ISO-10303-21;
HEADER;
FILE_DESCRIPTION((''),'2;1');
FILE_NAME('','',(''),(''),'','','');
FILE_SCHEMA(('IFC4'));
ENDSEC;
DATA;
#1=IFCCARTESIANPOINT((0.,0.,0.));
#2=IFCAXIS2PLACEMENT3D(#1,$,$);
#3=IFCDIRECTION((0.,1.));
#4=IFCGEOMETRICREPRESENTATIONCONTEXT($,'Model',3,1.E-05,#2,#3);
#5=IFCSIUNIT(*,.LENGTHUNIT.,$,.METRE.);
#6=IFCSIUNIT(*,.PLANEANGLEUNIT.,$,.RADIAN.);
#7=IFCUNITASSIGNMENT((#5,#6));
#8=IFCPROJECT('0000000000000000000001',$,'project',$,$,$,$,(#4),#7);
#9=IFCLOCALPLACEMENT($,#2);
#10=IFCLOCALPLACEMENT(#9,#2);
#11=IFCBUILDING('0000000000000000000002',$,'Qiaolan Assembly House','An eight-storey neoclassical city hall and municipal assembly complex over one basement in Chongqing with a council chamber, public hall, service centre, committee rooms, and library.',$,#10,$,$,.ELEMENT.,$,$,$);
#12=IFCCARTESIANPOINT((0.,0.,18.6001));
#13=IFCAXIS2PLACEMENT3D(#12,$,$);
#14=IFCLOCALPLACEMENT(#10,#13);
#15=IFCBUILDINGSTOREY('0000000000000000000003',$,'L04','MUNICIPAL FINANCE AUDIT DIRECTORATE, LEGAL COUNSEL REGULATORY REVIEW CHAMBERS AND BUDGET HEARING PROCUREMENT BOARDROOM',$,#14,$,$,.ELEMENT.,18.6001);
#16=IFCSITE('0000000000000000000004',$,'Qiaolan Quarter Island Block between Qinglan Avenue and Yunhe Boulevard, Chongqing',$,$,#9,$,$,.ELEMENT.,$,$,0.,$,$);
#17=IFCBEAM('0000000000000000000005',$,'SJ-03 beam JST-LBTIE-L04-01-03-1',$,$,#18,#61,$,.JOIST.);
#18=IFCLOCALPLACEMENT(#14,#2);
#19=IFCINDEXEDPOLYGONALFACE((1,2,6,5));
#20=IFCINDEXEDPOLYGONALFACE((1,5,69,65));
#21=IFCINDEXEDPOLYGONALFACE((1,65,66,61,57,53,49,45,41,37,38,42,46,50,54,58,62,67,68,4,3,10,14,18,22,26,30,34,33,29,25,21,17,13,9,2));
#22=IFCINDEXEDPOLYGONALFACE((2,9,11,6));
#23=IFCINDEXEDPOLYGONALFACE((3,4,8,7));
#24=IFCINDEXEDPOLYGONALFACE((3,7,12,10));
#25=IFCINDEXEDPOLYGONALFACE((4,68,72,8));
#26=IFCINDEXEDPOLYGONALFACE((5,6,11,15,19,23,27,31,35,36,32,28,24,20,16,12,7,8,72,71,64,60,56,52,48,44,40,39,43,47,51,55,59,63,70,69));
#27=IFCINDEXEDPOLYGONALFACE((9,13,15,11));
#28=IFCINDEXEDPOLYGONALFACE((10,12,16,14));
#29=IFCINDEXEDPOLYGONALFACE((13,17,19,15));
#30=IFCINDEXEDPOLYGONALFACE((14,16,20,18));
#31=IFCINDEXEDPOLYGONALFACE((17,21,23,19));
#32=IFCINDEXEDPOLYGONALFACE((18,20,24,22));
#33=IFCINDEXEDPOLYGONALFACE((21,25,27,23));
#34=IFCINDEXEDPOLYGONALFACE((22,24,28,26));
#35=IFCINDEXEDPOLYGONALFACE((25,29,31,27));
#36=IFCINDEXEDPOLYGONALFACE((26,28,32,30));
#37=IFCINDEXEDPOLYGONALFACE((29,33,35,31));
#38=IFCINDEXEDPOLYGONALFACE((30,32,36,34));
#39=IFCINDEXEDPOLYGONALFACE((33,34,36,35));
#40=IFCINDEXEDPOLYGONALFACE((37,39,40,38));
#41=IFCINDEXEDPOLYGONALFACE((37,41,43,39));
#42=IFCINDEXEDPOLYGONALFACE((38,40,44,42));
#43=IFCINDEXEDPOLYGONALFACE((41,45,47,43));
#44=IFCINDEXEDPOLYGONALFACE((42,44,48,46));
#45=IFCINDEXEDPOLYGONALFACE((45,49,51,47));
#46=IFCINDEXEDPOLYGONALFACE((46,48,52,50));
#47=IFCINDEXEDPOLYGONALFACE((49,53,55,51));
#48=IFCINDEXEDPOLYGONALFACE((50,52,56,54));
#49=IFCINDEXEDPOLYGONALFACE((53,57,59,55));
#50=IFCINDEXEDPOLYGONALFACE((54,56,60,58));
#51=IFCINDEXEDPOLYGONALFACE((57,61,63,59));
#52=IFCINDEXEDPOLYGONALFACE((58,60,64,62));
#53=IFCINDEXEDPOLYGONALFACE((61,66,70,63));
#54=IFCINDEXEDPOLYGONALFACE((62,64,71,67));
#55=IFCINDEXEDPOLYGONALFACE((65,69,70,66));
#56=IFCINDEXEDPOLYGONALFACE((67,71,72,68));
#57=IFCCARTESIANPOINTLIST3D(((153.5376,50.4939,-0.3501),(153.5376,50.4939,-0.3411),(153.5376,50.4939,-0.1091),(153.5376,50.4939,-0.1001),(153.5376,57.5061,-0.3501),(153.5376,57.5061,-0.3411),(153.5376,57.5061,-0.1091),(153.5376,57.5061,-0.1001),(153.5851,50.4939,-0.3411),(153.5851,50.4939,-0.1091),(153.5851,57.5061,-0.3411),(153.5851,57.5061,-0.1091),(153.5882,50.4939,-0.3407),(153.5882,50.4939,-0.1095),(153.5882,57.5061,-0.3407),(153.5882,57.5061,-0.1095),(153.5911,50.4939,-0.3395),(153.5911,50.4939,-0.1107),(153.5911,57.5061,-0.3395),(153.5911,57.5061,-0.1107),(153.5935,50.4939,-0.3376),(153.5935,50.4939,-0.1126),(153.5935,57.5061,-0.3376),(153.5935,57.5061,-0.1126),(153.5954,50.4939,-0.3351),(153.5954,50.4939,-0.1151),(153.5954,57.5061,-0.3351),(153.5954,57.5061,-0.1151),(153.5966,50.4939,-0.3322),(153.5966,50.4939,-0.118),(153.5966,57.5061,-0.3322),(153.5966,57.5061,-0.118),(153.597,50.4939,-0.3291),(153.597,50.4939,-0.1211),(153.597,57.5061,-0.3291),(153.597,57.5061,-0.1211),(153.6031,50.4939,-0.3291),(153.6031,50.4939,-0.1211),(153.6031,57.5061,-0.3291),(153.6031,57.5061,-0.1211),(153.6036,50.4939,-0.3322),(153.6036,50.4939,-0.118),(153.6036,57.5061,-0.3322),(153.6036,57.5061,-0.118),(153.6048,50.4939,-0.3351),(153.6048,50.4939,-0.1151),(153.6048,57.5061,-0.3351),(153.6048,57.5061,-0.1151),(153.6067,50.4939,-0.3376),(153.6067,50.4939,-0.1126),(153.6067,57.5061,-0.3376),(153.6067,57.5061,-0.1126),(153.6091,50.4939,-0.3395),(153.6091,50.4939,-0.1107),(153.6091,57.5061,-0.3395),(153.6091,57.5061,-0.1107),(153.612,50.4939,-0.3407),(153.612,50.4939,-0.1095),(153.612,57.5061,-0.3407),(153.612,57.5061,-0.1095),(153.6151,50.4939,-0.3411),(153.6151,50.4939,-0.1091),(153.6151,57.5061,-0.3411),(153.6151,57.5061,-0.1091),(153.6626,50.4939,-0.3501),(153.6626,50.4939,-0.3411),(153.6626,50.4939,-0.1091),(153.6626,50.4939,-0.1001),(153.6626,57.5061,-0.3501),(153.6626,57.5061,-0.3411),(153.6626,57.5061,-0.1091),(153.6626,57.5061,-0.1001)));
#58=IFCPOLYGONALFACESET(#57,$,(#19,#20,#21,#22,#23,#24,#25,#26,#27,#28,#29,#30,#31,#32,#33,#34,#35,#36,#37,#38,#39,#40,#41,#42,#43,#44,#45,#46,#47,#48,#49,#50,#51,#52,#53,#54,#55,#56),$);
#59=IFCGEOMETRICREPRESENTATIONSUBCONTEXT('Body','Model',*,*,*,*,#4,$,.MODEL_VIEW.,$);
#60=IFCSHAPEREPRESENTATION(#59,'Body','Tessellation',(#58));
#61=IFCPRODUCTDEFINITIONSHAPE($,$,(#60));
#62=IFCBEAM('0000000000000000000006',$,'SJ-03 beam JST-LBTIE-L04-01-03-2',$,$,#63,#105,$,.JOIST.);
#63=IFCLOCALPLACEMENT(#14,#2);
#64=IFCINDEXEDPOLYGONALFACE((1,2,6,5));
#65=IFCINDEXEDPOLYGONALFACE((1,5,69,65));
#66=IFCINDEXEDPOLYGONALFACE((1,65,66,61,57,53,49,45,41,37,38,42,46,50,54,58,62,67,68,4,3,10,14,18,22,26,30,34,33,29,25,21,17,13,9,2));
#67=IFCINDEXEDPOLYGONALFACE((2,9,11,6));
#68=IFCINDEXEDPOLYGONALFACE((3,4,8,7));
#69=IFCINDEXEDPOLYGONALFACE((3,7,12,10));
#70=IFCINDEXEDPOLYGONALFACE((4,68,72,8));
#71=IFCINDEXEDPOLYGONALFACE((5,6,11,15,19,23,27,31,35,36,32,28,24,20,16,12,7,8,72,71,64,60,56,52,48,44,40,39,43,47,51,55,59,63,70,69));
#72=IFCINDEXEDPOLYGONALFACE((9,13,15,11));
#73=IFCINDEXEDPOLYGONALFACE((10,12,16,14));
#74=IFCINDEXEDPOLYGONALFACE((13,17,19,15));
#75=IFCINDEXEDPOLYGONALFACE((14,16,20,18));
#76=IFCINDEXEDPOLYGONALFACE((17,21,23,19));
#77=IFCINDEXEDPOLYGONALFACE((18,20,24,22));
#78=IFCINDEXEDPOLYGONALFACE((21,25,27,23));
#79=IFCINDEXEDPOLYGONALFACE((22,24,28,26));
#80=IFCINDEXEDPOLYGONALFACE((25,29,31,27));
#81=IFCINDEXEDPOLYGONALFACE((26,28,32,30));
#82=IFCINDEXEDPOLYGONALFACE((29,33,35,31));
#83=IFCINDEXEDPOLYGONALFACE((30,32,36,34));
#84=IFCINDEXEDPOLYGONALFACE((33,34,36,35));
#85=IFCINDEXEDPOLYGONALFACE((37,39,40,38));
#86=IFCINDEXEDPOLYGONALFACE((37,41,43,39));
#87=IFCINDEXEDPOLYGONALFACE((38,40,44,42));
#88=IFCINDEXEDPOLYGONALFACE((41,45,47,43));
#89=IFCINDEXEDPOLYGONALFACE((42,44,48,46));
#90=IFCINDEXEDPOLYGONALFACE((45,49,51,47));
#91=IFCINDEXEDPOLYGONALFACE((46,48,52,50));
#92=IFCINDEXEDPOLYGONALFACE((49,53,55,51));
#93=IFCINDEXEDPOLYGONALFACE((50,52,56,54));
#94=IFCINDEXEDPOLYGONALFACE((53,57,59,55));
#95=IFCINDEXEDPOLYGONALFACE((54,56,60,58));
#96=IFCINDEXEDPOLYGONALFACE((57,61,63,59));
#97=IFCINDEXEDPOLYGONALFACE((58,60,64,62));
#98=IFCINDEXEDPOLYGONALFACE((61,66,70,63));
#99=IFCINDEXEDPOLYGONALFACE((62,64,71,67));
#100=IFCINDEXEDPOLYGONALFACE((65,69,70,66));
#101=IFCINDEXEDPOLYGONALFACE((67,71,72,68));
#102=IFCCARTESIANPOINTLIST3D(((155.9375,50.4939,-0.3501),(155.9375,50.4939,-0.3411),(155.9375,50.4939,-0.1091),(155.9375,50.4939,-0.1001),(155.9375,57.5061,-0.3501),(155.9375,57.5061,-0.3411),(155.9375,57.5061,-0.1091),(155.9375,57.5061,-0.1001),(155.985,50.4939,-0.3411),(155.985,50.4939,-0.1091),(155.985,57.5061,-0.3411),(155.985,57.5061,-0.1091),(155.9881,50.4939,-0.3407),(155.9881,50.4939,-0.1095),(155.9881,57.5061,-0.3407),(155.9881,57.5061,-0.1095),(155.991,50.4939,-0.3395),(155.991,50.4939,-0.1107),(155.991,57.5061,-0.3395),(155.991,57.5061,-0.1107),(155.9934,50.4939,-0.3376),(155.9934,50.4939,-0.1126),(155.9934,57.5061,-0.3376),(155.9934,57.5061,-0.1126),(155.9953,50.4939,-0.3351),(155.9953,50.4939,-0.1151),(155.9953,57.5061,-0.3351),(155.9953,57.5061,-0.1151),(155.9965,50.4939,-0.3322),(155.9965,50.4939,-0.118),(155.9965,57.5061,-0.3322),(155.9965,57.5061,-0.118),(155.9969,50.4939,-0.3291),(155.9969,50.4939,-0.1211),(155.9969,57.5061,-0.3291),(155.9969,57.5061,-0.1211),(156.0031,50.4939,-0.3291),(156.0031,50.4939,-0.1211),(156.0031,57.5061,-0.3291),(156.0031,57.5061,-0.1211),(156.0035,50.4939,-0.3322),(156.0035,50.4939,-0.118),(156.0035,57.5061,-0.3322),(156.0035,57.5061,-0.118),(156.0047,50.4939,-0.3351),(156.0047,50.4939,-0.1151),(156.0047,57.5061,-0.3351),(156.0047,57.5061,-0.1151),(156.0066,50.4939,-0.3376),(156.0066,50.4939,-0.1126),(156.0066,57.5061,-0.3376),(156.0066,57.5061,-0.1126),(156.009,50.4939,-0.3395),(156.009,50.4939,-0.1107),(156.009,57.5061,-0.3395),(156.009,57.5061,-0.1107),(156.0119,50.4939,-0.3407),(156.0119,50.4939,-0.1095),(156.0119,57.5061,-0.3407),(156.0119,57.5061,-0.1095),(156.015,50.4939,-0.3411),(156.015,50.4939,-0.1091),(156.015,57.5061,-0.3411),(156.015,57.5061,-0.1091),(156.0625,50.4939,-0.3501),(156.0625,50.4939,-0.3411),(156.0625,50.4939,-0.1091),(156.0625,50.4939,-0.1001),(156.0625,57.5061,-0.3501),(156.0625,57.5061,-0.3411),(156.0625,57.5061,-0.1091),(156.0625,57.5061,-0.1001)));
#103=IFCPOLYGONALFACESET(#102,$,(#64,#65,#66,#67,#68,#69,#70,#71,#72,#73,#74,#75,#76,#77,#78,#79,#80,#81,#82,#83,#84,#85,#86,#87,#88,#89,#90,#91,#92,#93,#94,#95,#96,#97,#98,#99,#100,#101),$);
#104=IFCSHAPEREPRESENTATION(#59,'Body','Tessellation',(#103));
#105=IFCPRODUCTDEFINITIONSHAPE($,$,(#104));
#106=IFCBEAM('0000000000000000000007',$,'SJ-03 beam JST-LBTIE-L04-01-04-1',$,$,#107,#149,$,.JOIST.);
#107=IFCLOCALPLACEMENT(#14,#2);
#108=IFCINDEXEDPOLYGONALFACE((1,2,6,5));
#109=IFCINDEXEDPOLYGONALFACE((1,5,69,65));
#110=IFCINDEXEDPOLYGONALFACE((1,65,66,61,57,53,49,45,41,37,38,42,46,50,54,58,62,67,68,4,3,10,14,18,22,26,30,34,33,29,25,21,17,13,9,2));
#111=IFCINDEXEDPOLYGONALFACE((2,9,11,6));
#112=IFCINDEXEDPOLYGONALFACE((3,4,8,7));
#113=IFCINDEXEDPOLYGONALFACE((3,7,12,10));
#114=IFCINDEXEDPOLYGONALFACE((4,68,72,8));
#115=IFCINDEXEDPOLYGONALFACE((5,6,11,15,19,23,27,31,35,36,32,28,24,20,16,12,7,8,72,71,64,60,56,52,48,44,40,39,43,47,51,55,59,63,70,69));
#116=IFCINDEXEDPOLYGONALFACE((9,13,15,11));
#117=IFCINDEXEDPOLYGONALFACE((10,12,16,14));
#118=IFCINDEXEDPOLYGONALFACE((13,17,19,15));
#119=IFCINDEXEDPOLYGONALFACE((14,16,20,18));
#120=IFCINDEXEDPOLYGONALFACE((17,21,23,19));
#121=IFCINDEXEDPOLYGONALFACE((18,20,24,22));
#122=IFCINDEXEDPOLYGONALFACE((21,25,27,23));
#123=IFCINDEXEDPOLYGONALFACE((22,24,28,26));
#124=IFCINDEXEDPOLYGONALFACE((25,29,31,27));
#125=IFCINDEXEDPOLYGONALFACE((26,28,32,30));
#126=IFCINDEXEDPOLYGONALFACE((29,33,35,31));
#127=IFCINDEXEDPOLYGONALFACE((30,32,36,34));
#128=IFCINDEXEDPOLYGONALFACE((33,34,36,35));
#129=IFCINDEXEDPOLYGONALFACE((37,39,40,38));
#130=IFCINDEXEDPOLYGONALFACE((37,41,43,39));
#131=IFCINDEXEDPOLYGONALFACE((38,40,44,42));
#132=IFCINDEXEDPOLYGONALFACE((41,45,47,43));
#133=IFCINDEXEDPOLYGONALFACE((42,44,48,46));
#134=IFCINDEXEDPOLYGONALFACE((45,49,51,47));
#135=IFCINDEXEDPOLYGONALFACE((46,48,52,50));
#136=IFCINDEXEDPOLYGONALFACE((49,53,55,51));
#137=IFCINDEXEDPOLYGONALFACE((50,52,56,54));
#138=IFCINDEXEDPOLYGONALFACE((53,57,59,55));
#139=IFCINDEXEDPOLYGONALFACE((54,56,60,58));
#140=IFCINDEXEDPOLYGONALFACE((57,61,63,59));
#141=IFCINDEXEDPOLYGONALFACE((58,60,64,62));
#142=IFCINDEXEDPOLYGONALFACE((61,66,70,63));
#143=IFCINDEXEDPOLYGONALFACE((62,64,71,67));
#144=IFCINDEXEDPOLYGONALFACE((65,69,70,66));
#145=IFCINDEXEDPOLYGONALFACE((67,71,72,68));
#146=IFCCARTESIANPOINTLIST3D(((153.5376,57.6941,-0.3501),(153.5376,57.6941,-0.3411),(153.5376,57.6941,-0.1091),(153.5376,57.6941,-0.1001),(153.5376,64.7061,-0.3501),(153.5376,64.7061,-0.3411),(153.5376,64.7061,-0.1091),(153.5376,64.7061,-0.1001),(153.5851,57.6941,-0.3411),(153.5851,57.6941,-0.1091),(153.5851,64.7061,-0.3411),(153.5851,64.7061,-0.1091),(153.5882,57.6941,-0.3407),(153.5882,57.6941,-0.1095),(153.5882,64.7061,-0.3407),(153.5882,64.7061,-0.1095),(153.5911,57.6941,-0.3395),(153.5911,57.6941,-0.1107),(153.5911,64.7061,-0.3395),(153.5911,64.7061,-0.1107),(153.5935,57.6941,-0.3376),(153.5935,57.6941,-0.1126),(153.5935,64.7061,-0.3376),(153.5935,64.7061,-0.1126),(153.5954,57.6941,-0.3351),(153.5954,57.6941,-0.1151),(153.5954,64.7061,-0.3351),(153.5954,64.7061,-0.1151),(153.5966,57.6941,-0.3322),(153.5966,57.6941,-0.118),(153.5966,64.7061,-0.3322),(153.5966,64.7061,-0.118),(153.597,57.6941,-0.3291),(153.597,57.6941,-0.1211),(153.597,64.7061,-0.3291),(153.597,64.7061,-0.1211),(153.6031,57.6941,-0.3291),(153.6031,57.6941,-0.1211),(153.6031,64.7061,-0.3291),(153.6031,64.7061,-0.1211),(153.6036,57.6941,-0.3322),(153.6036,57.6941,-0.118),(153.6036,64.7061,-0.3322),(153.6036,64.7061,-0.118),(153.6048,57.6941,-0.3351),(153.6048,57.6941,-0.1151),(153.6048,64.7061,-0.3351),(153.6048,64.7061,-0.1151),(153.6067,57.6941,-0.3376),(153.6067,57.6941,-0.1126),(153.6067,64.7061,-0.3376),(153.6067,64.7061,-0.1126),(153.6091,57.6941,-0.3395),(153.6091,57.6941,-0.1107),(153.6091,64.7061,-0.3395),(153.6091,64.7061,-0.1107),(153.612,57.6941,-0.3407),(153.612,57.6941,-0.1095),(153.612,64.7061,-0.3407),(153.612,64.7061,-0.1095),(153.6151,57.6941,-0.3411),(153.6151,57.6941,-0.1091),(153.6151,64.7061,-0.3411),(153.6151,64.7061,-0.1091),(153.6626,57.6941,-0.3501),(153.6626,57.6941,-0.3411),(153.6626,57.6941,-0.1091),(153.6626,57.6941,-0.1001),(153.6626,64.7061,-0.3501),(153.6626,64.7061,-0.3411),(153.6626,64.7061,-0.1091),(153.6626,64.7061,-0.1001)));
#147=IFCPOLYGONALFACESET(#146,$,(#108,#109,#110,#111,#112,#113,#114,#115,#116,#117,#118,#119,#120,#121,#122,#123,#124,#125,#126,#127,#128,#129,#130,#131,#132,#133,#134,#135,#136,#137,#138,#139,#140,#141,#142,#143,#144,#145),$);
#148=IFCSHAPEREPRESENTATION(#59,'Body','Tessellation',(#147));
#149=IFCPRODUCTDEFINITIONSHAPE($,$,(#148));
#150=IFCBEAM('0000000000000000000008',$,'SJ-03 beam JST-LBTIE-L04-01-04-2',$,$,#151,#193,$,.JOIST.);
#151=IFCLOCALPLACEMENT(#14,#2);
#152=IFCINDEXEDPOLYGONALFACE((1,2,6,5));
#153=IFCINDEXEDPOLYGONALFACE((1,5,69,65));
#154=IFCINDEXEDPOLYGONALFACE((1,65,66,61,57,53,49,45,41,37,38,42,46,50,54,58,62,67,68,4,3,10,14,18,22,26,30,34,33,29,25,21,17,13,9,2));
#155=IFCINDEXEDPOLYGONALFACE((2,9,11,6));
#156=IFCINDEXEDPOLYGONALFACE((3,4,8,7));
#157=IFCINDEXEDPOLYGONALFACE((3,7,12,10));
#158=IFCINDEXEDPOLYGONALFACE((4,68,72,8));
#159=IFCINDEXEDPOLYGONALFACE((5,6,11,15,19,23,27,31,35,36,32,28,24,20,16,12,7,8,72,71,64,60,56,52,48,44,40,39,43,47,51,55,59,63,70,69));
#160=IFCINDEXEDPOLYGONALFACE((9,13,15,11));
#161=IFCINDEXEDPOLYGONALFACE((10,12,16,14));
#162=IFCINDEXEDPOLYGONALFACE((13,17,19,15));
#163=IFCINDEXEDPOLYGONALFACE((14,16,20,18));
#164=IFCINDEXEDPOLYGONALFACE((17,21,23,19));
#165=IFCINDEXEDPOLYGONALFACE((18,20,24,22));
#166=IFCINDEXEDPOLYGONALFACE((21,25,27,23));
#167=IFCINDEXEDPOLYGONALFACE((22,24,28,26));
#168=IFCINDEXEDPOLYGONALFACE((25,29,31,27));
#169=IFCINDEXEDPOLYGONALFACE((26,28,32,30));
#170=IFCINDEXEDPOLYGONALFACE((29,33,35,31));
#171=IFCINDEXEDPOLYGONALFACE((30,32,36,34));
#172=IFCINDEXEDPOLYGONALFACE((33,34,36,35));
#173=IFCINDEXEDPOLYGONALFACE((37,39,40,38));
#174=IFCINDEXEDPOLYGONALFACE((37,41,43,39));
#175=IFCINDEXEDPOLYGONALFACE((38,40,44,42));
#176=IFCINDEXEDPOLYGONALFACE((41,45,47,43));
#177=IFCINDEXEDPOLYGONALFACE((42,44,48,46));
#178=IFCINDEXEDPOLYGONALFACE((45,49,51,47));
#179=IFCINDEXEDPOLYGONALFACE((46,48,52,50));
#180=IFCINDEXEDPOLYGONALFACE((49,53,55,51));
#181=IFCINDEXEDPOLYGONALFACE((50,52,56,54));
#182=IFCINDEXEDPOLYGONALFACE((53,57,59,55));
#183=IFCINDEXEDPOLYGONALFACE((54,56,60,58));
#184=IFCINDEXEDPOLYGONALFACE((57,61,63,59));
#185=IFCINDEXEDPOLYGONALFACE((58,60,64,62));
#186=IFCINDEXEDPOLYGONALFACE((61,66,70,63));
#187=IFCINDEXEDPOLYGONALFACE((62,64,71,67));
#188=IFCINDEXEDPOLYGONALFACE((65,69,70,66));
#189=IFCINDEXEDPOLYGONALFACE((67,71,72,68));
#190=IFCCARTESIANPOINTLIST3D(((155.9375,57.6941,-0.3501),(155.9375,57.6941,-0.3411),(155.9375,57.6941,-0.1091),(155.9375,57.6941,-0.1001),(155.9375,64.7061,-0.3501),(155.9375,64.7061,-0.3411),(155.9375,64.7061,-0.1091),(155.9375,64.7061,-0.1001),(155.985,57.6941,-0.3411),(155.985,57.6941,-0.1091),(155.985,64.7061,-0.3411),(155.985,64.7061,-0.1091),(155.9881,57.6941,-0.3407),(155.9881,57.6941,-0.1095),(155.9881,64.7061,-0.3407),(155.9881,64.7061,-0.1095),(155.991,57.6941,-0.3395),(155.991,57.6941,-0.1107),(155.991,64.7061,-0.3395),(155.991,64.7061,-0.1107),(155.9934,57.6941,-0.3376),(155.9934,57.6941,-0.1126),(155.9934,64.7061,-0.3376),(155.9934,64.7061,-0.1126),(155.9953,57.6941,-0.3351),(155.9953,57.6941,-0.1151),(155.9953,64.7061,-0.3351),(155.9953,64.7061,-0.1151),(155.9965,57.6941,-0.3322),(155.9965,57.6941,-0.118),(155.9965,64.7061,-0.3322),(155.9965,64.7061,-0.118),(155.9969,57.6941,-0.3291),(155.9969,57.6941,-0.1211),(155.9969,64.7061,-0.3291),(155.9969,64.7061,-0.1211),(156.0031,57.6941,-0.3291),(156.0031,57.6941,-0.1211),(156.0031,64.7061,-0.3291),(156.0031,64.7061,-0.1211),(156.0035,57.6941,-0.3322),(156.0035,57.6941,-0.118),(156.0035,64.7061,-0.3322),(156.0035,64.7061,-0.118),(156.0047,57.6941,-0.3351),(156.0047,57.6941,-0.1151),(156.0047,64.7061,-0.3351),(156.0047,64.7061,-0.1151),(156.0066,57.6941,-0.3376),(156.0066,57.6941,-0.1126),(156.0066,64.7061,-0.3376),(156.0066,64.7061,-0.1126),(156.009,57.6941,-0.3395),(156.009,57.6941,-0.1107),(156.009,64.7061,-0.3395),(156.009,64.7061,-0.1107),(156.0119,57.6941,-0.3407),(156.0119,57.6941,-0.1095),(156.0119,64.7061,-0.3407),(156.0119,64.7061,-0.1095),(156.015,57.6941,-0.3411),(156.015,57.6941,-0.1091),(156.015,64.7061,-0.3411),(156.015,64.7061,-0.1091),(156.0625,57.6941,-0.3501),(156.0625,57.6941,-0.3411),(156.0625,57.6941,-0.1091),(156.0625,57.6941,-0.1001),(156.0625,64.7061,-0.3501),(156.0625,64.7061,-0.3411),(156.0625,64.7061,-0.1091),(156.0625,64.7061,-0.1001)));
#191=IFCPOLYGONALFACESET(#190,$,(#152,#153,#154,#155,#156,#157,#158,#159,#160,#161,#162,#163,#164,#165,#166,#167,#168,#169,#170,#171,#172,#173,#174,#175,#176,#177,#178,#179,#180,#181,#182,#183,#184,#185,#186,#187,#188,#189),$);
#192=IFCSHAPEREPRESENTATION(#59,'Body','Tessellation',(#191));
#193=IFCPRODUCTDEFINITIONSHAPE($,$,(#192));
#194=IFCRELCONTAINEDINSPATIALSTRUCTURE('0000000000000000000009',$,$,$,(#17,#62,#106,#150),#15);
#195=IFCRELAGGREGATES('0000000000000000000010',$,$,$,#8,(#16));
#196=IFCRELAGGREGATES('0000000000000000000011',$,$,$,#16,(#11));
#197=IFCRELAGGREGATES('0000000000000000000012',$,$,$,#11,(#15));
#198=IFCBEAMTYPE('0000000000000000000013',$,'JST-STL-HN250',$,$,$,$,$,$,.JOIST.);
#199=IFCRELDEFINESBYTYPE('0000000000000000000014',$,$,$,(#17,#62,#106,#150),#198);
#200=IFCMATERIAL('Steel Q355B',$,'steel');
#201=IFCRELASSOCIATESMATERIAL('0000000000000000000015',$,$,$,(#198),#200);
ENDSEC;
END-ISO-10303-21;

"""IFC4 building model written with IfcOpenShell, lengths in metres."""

from ifc_helpers import new_model, si_unit, direction, frame, origin, origin_2d, place, context, subcontext, project, spatial, i_section, extrude, material, material_profile, profile_set, type_object, element, save


model = new_model("IFC4")

# Units and contexts
model_context = context("Model", 3, precision=1e-05, world=origin(), true_north=direction((0.0, 1.0)))
body_context = subcontext(model_context, "Body", "Model", "MODEL_VIEW")
ifc_project = project(units=[si_unit("LENGTHUNIT", "METRE"), si_unit("PLANEANGLEUNIT", "RADIAN")], contexts=[model_context])

# Site, building, storey
site_placement = place(None, origin())
site = spatial("IfcSite", under=ifc_project, at=site_placement, Name="Qiaolan Quarter Island Block between Qinglan Avenue and Yunhe Boulevard, Chongqing", CompositionType="ELEMENT", RefElevation=0.0)
building_placement = place(site_placement, origin())
building = spatial("IfcBuilding", under=site, at=building_placement, Name="Qiaolan Assembly House", Description="An eight-storey neoclassical city hall and municipal assembly complex over one basement in Chongqing with a council chamber, public hall, service centre, committee rooms, and library.", CompositionType="ELEMENT")
storey_placement = place(building_placement, frame((0.0, 0.0, 18.6001)))
storey = spatial("IfcBuildingStorey", under=building, at=storey_placement, Name="L04", Description="MUNICIPAL FINANCE AUDIT DIRECTORATE, LEGAL COUNSEL REGULATORY REVIEW CHAMBERS AND BUDGET HEARING PROCUREMENT BOARDROOM", CompositionType="ELEMENT", Elevation=18.6001)

# Beams
ifc_material = material(Name="Steel Q355B", Category="steel")
ifc_material_profile_1 = material_profile(ifc_material, i_section(OverallWidth=0.125, OverallDepth=0.25, WebThickness=0.0061, FlangeThickness=0.009, FilletRadius=0.012, at=origin_2d()), Name="HN 250x125x6x9")
ifc_profile_set_1 = profile_set([ifc_material_profile_1], Name="Steel Q355B")
beam_type_1 = type_object("IfcBeamType", Name="JST-STL-HN250", PredefinedType="JOIST", material=ifc_profile_set_1)
for number, where, z_axis, x_axis, name in (
    (1, (153.6001, 50.4939, -0.2251), (0.0, 1.0, 0.0), (-1.0, 0.0, 0.0), "SJ-03 beam JST-LBTIE-L04-01-03-1"),
    (2, (156.0, 50.4939, -0.2251), (0.0, 1.0, 0.0), (-1.0, 0.0, 0.0), "SJ-03 beam JST-LBTIE-L04-01-03-2"),
):
    element("IfcBeam", number, at=place(storey_placement, frame(where, z_axis=z_axis, x_axis=x_axis)), inside=storey, type_object=beam_type_1, Name=name, PredefinedType="JOIST", context=body_context, shape_type="SweptSolid", body=[
        extrude(i_section(OverallWidth=0.125, OverallDepth=0.25, WebThickness=0.0061, FlangeThickness=0.009, FilletRadius=0.012, at=origin_2d()), origin(), (0.0, 0.0, 1.0), 7.0122),
    ])
for number, where, z_axis, x_axis, name in (
    (3, (153.6001, 57.6941, -0.2251), (0.0, 1.0, 0.0), (-1.0, 0.0, 0.0), "SJ-03 beam JST-LBTIE-L04-01-04-1"),
    (4, (156.0, 57.6941, -0.2251), (0.0, 1.0, 0.0), (-1.0, 0.0, 0.0), "SJ-03 beam JST-LBTIE-L04-01-04-2"),
):
    element("IfcBeam", number, at=place(storey_placement, frame(where, z_axis=z_axis, x_axis=x_axis)), inside=storey, type_object=beam_type_1, Name=name, PredefinedType="JOIST", context=body_context, shape_type="SweptSolid", body=[
        extrude(i_section(OverallWidth=0.125, OverallDepth=0.25, WebThickness=0.0061, FlangeThickness=0.009, FilletRadius=0.012, at=origin_2d()), origin(), (0.0, 0.0, 1.0), 7.012),
    ])

save(model, "model.ifc")
